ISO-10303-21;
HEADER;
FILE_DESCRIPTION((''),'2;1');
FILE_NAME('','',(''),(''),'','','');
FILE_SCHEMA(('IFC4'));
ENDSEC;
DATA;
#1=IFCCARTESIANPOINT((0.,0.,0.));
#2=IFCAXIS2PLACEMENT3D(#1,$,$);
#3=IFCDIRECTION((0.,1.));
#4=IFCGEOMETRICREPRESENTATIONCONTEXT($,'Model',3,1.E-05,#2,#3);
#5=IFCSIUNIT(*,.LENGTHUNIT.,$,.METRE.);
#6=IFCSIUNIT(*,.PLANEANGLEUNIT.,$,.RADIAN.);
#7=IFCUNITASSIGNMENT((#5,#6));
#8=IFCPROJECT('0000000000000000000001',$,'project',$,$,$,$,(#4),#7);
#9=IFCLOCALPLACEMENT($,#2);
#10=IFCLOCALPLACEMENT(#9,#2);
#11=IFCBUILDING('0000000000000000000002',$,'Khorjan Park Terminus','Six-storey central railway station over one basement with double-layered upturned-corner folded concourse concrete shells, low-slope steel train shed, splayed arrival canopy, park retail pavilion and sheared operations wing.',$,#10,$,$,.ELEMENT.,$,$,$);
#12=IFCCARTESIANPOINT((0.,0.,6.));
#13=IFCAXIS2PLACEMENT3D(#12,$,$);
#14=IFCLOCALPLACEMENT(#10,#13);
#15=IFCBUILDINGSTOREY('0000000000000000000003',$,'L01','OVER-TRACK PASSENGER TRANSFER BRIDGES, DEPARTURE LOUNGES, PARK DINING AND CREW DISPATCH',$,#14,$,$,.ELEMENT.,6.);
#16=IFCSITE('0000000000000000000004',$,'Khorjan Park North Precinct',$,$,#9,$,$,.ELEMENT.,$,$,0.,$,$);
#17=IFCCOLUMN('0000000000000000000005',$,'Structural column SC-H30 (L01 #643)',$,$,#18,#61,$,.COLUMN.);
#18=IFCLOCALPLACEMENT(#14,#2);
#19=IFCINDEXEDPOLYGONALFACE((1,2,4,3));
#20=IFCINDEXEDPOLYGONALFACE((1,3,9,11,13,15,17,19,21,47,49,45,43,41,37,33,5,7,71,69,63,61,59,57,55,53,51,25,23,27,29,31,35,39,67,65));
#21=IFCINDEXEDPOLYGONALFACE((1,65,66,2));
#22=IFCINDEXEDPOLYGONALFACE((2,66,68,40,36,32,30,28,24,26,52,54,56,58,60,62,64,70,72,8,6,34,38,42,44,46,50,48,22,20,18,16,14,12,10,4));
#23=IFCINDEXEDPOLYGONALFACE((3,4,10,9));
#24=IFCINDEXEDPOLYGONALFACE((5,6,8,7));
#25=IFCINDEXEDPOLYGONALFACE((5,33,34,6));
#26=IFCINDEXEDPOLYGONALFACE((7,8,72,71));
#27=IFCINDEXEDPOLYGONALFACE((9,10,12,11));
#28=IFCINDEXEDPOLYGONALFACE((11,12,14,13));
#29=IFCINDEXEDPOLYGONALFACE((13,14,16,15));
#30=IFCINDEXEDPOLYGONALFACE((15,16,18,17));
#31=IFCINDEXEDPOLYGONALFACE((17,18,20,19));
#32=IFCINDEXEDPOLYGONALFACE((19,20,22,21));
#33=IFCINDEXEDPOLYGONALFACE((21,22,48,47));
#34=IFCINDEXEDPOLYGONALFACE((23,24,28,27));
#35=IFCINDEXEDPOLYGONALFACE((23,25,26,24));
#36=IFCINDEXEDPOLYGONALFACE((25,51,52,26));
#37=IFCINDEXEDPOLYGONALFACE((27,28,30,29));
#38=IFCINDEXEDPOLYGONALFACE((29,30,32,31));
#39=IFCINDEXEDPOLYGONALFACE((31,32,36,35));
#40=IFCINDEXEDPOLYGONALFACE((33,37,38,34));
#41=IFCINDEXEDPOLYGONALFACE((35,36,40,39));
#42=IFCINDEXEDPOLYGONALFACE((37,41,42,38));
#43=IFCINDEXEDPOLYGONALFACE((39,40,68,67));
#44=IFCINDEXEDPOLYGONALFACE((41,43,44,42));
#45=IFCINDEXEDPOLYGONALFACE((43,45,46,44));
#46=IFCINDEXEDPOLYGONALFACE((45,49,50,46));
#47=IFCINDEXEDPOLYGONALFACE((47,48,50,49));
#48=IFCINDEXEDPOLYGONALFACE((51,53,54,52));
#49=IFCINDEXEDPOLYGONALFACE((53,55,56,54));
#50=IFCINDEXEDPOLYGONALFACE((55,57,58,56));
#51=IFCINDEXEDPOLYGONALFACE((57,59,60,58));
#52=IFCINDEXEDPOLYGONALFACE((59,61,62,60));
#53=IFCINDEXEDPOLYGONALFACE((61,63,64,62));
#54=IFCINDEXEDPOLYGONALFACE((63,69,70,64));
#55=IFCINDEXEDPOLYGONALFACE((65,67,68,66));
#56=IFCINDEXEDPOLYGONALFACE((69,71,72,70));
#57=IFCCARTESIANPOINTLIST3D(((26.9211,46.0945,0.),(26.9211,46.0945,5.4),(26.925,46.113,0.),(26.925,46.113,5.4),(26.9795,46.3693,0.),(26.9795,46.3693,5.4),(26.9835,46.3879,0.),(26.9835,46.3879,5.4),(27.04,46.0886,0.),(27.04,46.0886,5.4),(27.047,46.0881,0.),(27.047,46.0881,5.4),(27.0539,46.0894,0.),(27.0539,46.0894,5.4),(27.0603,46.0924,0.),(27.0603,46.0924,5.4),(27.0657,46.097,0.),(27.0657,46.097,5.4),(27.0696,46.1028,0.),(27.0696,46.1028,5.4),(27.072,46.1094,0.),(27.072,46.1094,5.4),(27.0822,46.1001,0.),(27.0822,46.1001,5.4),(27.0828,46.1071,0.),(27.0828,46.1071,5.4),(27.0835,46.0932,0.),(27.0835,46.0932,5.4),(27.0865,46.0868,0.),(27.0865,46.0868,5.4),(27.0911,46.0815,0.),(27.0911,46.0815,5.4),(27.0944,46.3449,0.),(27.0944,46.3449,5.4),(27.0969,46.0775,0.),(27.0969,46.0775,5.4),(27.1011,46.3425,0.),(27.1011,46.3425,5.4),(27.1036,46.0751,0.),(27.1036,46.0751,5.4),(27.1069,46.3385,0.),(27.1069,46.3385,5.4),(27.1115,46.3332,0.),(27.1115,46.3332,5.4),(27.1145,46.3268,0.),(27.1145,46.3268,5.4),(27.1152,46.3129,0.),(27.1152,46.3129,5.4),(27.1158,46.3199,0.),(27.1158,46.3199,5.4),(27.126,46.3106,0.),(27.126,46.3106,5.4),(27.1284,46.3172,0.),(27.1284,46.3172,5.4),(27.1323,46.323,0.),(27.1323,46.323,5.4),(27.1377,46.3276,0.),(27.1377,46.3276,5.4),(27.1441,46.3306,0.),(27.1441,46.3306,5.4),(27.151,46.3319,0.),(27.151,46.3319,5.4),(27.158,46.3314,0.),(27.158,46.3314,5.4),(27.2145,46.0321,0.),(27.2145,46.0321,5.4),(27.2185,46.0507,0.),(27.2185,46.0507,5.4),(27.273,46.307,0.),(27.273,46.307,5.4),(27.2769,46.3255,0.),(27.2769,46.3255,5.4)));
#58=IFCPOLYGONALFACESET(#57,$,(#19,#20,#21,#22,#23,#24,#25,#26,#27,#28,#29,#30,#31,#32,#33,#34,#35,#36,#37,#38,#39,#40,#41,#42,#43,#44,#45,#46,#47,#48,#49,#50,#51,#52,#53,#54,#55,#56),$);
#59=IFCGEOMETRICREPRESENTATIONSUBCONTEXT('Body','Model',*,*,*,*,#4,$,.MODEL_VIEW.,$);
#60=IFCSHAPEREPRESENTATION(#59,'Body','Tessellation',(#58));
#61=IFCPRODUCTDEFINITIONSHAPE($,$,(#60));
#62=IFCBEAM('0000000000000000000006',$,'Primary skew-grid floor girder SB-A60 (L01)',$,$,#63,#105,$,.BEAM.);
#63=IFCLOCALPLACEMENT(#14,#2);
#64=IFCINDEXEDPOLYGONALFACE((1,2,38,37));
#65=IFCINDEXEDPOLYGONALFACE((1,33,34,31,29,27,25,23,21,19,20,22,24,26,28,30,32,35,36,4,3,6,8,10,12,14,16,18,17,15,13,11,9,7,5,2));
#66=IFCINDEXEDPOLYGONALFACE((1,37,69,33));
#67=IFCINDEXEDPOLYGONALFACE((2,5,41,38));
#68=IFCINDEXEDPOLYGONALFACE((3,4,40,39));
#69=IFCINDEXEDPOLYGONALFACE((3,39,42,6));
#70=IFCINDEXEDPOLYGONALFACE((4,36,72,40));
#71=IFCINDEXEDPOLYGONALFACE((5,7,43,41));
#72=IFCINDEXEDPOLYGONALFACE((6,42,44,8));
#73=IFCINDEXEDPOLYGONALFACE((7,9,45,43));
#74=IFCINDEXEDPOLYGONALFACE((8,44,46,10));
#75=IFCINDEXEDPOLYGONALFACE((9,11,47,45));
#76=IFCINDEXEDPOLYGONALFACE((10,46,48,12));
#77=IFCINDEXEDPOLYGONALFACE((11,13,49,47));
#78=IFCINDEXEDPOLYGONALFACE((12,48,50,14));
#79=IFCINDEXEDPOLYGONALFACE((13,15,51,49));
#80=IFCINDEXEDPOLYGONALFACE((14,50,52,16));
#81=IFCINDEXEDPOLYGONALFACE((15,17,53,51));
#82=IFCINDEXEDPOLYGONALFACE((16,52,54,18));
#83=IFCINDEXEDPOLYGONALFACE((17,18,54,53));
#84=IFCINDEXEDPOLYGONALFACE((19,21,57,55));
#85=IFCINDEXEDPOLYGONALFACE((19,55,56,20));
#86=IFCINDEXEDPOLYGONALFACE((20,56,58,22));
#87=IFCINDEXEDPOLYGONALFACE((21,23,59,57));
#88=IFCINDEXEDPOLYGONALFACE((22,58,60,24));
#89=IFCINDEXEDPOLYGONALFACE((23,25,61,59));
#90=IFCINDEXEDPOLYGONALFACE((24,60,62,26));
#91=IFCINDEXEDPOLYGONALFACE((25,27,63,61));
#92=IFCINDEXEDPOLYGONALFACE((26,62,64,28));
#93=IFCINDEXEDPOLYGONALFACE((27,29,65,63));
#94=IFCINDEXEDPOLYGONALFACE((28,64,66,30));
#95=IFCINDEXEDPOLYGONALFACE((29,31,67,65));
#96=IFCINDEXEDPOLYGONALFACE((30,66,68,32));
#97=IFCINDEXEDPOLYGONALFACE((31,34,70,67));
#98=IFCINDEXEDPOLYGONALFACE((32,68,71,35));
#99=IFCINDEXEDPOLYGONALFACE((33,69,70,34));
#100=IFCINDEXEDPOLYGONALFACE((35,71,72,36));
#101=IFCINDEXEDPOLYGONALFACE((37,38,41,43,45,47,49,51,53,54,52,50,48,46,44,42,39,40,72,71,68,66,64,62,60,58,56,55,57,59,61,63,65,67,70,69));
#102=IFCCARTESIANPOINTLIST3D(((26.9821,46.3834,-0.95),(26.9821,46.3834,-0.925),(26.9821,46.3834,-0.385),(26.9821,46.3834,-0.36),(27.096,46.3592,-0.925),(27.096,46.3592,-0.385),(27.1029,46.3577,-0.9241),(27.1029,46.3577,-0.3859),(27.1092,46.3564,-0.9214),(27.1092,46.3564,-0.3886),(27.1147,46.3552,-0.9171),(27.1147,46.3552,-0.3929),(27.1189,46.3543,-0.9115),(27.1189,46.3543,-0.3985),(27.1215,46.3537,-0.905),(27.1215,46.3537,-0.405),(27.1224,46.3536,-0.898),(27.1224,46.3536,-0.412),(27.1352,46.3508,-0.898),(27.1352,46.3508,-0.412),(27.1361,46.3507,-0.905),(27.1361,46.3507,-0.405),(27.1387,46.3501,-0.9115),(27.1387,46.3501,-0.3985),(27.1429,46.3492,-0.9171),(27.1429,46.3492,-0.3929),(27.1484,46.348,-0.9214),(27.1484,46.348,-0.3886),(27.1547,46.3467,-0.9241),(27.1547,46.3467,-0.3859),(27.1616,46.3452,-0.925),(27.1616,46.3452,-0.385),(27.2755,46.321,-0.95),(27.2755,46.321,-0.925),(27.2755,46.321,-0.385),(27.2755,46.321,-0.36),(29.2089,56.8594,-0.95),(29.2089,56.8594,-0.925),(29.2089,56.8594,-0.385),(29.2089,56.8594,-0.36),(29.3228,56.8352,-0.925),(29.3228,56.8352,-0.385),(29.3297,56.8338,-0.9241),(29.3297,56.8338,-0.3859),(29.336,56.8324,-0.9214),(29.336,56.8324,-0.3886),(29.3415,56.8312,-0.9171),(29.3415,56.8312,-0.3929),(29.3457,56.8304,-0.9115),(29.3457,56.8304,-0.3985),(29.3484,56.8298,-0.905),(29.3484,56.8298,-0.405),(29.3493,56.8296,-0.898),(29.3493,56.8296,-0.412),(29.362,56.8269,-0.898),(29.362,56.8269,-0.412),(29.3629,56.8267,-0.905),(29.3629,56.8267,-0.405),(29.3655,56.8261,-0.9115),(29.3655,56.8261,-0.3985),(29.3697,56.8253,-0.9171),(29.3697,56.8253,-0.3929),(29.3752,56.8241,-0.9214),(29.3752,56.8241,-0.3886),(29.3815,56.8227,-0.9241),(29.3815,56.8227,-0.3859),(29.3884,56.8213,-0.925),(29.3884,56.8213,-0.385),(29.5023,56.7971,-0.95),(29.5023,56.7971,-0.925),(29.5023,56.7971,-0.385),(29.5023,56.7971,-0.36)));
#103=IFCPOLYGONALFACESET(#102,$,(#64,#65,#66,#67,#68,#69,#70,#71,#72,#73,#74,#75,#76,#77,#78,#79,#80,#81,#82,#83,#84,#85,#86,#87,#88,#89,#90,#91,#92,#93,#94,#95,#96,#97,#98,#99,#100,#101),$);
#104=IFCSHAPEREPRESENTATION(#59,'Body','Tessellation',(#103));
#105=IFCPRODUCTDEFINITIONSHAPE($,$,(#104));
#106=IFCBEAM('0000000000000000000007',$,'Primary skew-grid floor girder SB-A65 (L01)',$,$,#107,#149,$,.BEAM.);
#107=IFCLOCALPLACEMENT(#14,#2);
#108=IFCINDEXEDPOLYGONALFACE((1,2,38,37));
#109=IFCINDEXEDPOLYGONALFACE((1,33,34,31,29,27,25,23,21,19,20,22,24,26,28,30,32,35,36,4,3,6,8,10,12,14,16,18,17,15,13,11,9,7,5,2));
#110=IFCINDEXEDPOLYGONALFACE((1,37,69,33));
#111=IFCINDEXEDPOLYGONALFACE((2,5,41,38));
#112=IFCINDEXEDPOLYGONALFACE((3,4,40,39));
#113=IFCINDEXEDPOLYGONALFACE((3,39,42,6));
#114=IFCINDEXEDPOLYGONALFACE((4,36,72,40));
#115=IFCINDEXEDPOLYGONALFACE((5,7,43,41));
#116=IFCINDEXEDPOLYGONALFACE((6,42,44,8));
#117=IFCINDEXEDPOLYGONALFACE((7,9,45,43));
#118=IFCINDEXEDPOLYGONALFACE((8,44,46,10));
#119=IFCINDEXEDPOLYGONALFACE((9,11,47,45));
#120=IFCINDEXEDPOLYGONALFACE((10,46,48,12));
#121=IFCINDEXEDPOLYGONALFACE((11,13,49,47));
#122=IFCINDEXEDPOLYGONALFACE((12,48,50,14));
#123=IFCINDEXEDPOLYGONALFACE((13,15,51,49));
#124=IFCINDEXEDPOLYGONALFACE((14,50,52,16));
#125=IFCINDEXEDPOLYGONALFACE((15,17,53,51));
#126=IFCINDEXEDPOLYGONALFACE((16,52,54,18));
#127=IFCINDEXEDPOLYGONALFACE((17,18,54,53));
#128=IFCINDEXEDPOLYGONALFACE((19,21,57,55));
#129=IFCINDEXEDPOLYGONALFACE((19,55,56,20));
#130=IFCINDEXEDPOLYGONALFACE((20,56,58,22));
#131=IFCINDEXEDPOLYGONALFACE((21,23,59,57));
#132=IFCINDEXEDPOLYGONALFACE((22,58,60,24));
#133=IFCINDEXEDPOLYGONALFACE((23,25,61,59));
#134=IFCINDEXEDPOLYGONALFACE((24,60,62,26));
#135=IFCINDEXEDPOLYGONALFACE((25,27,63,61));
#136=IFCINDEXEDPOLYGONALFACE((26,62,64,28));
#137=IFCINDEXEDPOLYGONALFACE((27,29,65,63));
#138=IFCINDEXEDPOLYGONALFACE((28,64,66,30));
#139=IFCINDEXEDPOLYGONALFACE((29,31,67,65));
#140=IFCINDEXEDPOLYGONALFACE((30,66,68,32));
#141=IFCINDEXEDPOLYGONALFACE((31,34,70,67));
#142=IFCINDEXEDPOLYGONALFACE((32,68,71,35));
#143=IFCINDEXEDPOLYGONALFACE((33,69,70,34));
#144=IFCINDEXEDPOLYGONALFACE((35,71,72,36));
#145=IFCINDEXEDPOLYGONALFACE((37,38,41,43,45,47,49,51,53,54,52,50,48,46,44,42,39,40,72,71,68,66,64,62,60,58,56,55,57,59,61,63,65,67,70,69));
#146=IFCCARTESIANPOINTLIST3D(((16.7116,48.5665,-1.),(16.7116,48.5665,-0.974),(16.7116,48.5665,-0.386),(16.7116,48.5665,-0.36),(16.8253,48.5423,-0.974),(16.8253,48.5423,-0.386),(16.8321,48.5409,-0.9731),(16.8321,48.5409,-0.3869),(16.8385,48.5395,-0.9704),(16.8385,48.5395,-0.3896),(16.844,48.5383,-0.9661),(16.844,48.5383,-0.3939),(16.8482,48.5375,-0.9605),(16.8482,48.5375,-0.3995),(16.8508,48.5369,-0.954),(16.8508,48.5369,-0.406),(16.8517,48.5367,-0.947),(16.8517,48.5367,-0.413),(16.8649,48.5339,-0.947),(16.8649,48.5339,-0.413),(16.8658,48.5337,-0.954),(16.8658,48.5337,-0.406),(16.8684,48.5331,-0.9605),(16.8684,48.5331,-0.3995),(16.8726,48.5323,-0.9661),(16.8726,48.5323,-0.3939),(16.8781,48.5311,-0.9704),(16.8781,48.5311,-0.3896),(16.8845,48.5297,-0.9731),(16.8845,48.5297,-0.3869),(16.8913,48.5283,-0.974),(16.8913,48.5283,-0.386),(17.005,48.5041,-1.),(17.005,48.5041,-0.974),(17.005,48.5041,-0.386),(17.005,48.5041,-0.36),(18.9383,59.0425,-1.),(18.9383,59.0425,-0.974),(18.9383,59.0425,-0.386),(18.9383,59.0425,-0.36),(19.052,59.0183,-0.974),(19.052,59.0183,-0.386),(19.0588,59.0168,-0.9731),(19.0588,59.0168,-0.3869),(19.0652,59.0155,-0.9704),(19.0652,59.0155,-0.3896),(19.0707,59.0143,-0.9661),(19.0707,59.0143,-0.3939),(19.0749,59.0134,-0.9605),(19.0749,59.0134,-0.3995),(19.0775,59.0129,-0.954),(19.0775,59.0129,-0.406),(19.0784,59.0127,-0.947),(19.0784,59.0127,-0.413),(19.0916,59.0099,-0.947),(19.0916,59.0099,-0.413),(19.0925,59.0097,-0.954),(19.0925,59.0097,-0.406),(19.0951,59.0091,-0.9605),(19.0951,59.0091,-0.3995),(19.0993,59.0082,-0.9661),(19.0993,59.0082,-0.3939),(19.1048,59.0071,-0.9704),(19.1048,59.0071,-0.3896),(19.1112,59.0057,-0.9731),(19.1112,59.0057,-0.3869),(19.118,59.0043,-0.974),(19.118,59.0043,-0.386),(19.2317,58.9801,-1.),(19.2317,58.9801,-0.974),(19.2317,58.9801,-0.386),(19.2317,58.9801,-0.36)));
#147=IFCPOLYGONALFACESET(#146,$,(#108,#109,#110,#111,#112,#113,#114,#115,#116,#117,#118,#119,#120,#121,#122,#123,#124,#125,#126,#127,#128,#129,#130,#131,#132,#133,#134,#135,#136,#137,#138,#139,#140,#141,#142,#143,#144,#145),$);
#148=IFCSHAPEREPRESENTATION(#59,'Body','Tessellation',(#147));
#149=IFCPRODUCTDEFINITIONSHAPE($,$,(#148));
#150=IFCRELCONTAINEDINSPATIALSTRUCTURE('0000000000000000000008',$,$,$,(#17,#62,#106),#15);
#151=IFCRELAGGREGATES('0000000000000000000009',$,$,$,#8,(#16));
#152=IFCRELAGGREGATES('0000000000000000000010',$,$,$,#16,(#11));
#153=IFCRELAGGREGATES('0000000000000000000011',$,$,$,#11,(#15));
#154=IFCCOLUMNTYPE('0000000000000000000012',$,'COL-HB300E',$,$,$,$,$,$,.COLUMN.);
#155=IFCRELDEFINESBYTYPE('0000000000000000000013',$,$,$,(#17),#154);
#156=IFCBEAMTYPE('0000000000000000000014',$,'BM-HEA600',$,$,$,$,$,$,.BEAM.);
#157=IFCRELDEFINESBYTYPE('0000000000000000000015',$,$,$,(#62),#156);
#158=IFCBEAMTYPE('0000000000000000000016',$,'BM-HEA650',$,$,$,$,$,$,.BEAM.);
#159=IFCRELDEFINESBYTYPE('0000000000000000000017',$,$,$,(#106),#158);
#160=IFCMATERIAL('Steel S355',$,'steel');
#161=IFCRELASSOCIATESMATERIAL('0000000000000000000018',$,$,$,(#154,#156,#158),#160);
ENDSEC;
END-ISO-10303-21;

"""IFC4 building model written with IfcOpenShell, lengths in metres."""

from ifc_helpers import new_model, si_unit, direction, frame, origin, origin_2d, place, context, subcontext, project, spatial, i_section, extrude, material, material_profile, profile_set, type_object, element, save


model = new_model("IFC4")

# Units and contexts
model_context = context("Model", 3, precision=1e-05, world=origin(), true_north=direction((0.0, 1.0)))
body_context = subcontext(model_context, "Body", "Model", "MODEL_VIEW")
ifc_project = project(units=[si_unit("LENGTHUNIT", "METRE"), si_unit("PLANEANGLEUNIT", "RADIAN")], contexts=[model_context])

# Site, building, storey
site_placement = place(None, origin())
site = spatial("IfcSite", under=ifc_project, at=site_placement, Name="Khorjan Park North Precinct", CompositionType="ELEMENT", RefElevation=0.0)
building_placement = place(site_placement, origin())
building = spatial("IfcBuilding", under=site, at=building_placement, Name="Khorjan Park Terminus", Description="Six-storey central railway station over one basement with double-layered upturned-corner folded concourse concrete shells, low-slope steel train shed, splayed arrival canopy, park retail pavilion and sheared operations wing.", CompositionType="ELEMENT")
storey_placement = place(building_placement, frame((0.0, 0.0, 6.0)))
storey = spatial("IfcBuildingStorey", under=building, at=storey_placement, Name="L01", Description="OVER-TRACK PASSENGER TRANSFER BRIDGES, DEPARTURE LOUNGES, PARK DINING AND CREW DISPATCH", CompositionType="ELEMENT", Elevation=6.0)

# Column
ifc_material_1 = material(Name="Steel S355", Category="steel")
ifc_material_profile_1 = material_profile(ifc_material_1, i_section(OverallWidth=0.3, OverallDepth=0.3, WebThickness=0.011, FlangeThickness=0.019, FilletRadius=0.027, at=origin_2d()), Name="HEB 300")
ifc_profile_set_1 = profile_set([ifc_material_profile_1], Name="Steel S355")
column_type = type_object("IfcColumnType", Name="COL-HB300E", PredefinedType="COLUMN", material=ifc_profile_set_1)
column_placement = place(storey_placement, frame((27.099, 46.21, 0.0), z_axis=(0.0, 0.0, 1.0), x_axis=(0.978148, -0.207912, 0.0)))
element("IfcColumn", 1, at=column_placement, inside=storey, type_object=column_type, Name="Structural column SC-H30 (L01 #643)", PredefinedType="COLUMN", context=body_context, shape_type="SweptSolid", body=[
    extrude(i_section(OverallWidth=0.3, OverallDepth=0.3, WebThickness=0.011, FlangeThickness=0.019, FilletRadius=0.027, at=origin_2d()), origin(), (0.0, 0.0, 1.0), 5.4),
])

# Beams
ifc_material_profile_2 = material_profile(ifc_material_1, i_section(OverallWidth=0.3, OverallDepth=0.59, WebThickness=0.013, FlangeThickness=0.025, FilletRadius=0.027, at=origin_2d()), Name="HEA 600")
ifc_profile_set_2 = profile_set([ifc_material_profile_2], Name="Steel S355")
beam_type_1 = type_object("IfcBeamType", Name="BM-HEA600", PredefinedType="BEAM", material=ifc_profile_set_2)
beam_1_placement = place(storey_placement, frame((27.1288, 46.3522, -0.655), z_axis=(0.207917, 0.978147, 0.0), x_axis=(-0.978147, 0.207917, 0.0)))
element("IfcBeam", 2, at=beam_1_placement, inside=storey, type_object=beam_type_1, Name="Primary skew-grid floor girder SB-A60 (L01)", PredefinedType="BEAM", context=body_context, shape_type="SweptSolid", body=[
    extrude(i_section(OverallWidth=0.3, OverallDepth=0.59, WebThickness=0.013, FlangeThickness=0.025, FilletRadius=0.027, at=origin_2d()), origin(), (0.0, 0.0, 1.0), 10.7101),
])
ifc_material_profile_3 = material_profile(ifc_material_1, i_section(OverallWidth=0.3, OverallDepth=0.64, WebThickness=0.0135, FlangeThickness=0.026, FilletRadius=0.027, at=origin_2d()), Name="HEA 650")
ifc_profile_set_3 = profile_set([ifc_material_profile_3], Name="Steel S355")
beam_type_2 = type_object("IfcBeamType", Name="BM-HEA650", PredefinedType="BEAM", material=ifc_profile_set_3)
beam_2_placement = place(storey_placement, frame((16.8583, 48.5353, -0.68), z_axis=(0.207908, 0.978148, 0.0), x_axis=(-0.978148, 0.207908, 0.0)))
element("IfcBeam", 3, at=beam_2_placement, inside=storey, type_object=beam_type_2, Name="Primary skew-grid floor girder SB-A65 (L01)", PredefinedType="BEAM", context=body_context, shape_type="SweptSolid", body=[
    extrude(i_section(OverallWidth=0.3, OverallDepth=0.64, WebThickness=0.0135, FlangeThickness=0.026, FilletRadius=0.027, at=origin_2d()), origin(), (0.0, 0.0, 1.0), 10.71),
])

save(model, "model.ifc")
